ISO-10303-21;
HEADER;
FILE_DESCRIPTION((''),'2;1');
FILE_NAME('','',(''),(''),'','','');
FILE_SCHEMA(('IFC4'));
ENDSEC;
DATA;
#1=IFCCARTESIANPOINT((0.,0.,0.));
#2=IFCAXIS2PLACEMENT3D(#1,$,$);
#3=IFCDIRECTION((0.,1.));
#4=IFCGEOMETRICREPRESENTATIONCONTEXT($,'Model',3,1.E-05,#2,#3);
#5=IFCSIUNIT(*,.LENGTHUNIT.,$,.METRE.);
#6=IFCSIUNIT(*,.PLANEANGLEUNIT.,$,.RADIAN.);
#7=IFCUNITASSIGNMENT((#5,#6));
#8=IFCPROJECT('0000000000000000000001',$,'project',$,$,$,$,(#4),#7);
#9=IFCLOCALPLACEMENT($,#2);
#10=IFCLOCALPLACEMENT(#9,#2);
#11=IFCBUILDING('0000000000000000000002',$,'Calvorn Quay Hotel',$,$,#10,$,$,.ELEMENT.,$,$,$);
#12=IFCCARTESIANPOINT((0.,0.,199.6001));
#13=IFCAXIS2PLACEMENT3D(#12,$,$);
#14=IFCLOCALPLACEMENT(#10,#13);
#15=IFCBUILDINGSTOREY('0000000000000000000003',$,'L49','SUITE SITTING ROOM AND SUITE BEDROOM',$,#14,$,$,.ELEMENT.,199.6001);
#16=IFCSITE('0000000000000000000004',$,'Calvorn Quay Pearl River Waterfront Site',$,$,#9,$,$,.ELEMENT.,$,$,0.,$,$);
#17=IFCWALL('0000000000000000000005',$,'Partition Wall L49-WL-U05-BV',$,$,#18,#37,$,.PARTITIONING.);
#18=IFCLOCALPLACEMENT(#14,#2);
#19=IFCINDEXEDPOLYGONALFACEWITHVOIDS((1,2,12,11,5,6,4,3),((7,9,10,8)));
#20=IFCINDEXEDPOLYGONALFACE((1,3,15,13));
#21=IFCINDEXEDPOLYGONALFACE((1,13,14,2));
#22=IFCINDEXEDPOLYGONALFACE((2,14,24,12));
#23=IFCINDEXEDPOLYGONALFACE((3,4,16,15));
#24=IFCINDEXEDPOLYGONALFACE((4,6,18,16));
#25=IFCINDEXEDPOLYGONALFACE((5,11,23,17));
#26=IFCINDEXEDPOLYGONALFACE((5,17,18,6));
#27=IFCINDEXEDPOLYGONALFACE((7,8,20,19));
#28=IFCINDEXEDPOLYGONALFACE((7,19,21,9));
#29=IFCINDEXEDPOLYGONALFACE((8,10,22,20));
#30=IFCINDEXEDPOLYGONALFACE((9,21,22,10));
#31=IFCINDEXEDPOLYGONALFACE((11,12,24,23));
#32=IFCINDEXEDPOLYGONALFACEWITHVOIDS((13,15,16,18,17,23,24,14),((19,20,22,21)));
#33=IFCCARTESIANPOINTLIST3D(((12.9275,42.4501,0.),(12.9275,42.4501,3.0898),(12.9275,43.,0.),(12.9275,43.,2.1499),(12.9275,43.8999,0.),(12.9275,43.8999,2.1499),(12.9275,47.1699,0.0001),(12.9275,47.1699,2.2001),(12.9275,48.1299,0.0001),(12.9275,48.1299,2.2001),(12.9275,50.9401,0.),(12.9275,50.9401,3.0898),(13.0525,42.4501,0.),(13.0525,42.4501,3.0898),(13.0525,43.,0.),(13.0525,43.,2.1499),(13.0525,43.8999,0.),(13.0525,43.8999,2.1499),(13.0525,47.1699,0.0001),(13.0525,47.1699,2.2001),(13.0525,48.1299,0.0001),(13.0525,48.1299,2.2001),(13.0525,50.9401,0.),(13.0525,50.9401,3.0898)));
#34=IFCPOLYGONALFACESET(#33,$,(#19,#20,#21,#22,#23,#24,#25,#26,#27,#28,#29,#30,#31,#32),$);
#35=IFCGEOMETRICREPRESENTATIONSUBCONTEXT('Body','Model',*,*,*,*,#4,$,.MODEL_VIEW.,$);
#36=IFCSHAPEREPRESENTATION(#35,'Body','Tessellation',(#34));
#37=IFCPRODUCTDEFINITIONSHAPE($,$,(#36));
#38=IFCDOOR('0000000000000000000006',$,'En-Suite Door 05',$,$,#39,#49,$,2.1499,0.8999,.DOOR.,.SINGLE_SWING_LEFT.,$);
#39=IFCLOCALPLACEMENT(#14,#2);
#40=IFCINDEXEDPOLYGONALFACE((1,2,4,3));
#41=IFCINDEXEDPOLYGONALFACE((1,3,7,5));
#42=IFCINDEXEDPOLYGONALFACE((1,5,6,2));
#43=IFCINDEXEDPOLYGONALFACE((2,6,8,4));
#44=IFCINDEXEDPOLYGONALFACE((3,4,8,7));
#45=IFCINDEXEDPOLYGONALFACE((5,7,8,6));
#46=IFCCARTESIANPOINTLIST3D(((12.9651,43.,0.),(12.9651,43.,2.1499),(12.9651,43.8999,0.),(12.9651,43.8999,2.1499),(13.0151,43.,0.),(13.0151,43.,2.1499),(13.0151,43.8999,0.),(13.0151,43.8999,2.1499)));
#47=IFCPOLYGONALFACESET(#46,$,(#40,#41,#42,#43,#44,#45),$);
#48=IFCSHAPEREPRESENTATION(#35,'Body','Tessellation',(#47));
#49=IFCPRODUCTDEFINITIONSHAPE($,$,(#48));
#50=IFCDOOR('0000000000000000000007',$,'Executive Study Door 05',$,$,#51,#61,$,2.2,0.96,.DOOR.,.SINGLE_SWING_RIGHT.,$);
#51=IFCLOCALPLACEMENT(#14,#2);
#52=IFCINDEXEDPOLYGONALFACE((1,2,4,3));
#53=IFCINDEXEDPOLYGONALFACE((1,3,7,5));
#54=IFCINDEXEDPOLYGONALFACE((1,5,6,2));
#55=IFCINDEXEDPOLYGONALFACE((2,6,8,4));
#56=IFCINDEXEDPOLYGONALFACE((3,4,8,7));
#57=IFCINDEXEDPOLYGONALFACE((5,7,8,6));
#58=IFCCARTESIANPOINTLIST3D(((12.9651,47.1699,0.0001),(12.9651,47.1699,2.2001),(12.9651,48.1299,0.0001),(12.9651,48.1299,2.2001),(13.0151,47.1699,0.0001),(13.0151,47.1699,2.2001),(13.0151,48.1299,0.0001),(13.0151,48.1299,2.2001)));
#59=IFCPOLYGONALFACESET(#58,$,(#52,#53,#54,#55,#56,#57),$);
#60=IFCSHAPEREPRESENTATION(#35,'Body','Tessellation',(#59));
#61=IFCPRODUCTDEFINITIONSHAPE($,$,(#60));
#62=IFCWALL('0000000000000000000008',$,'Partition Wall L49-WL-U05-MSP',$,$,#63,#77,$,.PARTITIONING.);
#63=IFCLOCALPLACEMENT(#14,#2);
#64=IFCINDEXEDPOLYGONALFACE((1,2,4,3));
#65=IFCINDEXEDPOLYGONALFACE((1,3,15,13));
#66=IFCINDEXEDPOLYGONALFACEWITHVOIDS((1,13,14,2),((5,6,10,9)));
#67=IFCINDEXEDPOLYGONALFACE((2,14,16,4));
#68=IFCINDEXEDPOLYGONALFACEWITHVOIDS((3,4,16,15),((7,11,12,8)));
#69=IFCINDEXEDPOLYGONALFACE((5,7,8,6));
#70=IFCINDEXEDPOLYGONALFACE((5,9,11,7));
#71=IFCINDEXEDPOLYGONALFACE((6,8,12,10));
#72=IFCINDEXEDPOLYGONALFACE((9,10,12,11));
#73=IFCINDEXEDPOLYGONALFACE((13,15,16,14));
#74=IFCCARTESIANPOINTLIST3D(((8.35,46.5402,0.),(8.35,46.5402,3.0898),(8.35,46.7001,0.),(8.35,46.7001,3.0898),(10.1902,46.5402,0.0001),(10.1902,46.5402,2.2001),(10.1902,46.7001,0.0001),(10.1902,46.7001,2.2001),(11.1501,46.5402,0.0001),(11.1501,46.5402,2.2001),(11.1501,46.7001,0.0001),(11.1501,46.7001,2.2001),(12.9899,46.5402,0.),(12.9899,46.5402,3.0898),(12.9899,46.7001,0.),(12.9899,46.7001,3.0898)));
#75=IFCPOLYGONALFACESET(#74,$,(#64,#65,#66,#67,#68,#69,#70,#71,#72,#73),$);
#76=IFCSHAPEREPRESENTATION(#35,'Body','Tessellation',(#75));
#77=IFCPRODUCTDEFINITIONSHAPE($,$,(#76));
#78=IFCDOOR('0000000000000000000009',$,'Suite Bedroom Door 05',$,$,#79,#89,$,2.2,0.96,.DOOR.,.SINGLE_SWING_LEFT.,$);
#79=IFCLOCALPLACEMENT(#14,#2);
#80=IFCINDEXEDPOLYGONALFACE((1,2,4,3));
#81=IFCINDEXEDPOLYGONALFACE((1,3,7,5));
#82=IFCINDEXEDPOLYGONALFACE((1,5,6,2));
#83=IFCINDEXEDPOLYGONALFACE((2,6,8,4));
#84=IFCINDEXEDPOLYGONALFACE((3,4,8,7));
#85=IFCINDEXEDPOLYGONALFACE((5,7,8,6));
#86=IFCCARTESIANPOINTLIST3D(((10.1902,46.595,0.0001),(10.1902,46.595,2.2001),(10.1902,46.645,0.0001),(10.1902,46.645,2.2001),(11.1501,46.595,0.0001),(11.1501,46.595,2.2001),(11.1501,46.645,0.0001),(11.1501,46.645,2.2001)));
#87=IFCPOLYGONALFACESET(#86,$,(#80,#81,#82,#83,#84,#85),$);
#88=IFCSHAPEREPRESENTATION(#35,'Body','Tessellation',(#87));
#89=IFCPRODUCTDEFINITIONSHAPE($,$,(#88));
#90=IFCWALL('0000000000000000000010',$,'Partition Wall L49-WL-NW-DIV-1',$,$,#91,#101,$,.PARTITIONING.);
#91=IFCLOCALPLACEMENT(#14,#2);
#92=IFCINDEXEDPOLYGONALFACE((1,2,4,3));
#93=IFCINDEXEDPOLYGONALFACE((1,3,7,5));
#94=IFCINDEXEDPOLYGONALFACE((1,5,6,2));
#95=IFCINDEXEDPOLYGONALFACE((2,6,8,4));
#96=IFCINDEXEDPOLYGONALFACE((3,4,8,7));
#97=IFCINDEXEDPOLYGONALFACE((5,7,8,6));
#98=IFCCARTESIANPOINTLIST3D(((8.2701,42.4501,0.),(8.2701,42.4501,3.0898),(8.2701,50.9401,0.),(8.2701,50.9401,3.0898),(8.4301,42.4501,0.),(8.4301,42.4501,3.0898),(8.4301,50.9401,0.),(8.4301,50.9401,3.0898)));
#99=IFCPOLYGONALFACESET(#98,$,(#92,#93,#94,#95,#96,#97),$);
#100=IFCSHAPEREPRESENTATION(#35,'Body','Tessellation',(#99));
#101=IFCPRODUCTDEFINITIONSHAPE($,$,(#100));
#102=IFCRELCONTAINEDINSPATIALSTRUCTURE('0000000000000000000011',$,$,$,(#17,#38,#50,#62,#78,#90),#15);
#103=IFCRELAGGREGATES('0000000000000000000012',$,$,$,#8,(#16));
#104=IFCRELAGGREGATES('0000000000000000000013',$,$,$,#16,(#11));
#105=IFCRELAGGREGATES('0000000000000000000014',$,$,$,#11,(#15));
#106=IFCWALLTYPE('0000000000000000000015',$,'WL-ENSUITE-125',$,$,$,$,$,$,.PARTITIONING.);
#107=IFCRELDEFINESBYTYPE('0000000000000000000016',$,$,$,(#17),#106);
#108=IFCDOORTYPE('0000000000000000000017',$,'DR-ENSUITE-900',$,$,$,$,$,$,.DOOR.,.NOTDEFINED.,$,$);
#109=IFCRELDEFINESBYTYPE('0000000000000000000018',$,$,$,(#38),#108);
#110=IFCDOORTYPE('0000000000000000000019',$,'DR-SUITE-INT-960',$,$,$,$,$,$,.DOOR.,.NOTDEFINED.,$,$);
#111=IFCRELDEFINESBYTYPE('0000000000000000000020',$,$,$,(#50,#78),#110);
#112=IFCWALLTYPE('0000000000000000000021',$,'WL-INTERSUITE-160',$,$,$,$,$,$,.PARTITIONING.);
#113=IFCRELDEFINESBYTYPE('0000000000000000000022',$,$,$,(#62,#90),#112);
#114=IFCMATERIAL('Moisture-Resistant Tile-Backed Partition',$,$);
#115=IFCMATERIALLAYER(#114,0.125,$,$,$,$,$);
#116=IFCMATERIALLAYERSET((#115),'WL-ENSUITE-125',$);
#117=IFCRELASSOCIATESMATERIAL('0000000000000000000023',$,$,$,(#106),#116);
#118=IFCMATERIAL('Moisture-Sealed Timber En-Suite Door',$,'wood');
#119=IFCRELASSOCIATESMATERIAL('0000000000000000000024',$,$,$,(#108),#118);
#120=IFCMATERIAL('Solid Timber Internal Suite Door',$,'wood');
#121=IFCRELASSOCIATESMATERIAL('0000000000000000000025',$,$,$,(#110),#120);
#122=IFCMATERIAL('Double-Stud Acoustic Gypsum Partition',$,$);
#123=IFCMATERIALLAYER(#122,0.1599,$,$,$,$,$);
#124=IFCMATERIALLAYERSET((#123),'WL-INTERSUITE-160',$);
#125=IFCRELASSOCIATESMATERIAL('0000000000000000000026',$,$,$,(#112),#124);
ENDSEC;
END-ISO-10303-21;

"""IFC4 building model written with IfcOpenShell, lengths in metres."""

from ifc_helpers import new_model, si_unit, direction, frame, frame_2d, origin, place, context, subcontext, project, spatial, rectangle, extrude, material, layer, layer_set, type_object, element, fill, save


model = new_model("IFC4")

# Units and contexts
model_context = context("Model", 3, precision=1e-05, world=origin(), true_north=direction((0.0, 1.0)))
body_context = subcontext(model_context, "Body", "Model", "MODEL_VIEW")
ifc_project = project(units=[si_unit("LENGTHUNIT", "METRE"), si_unit("PLANEANGLEUNIT", "RADIAN")], contexts=[model_context])

# Site, building, storey
site_placement = place(None, origin())
site = spatial("IfcSite", under=ifc_project, at=site_placement, Name="Calvorn Quay Pearl River Waterfront Site", CompositionType="ELEMENT", RefElevation=0.0)
building_placement = place(site_placement, origin())
building = spatial("IfcBuilding", under=site, at=building_placement, Name="Calvorn Quay Hotel", CompositionType="ELEMENT")
storey_placement = place(building_placement, frame((0.0, 0.0, 199.6001)))
storey = spatial("IfcBuildingStorey", under=building, at=storey_placement, Name="L49", Description="SUITE SITTING ROOM AND SUITE BEDROOM", CompositionType="ELEMENT", Elevation=199.6001)

# Shared definitions
ifc_material_1 = material(Name="Moisture-Resistant Tile-Backed Partition")
ifc_layer_1 = layer(ifc_material_1, 0.125)
ifc_layer_set_1 = layer_set([ifc_layer_1], Name="WL-ENSUITE-125")
wall_type_1 = type_object("IfcWallType", Name="WL-ENSUITE-125", PredefinedType="PARTITIONING", material=ifc_layer_set_1)

# Shared definitions
ifc_material_2 = material(Name="Moisture-Sealed Timber En-Suite Door", Category="wood")
door_type_1 = type_object("IfcDoorType", Name="DR-ENSUITE-900", OperationType="NOTDEFINED", PredefinedType="DOOR", material=ifc_material_2)
ifc_material_3 = material(Name="Solid Timber Internal Suite Door", Category="wood")
door_type_2 = type_object("IfcDoorType", Name="DR-SUITE-INT-960", OperationType="NOTDEFINED", PredefinedType="DOOR", material=ifc_material_3)

# Wall, openings, doors
wall_1_placement = place(storey_placement, frame((12.99, 42.45, 0.0), z_axis=(0.0, 0.0, 1.0), x_axis=(0.0, 1.0, 0.0)))
wall_1 = element("IfcWall", 1, at=wall_1_placement, inside=storey, type_object=wall_type_1, Name="Partition Wall L49-WL-U05-BV", PredefinedType="PARTITIONING", context=body_context, shape_type="SweptSolid", body=[
    extrude(rectangle(XDim=8.49, YDim=0.125, at=frame_2d((4.2451, 0.0))), origin(), (0.0, 0.0, 1.0), 3.0898),
])
opening_1_placement = place(wall_1_placement, frame((0.55, 0.0, 0.0)))
opening_1 = element("IfcOpeningElement", 2, at=opening_1_placement, cuts=wall_1, PredefinedType="OPENING", context=body_context, shape_type="SweptSolid", body=[
    extrude(rectangle(XDim=0.8999, YDim=2.1499, at=frame_2d((0.45, 1.075))), frame((0.0, 0.0725, 0.0), z_axis=(0.0, -1.0, 0.0), x_axis=(1.0, 0.0, 0.0)), (0.0, 0.0, 1.0), 0.145),
])
opening_2_placement = place(wall_1_placement, frame((4.72, 0.0, 0.0)))
opening_2 = element("IfcOpeningElement", 3, at=opening_2_placement, cuts=wall_1, PredefinedType="OPENING", context=body_context, shape_type="SweptSolid", body=[
    extrude(rectangle(XDim=0.96, YDim=2.2, at=frame_2d((0.48, 1.1001))), frame((0.0, 0.0725, 0.0), z_axis=(0.0, -1.0, 0.0), x_axis=(1.0, 0.0, 0.0)), (0.0, 0.0, 1.0), 0.145),
])
door_1_placement = place(opening_1_placement, origin())
door_1 = element("IfcDoor", 4, at=door_1_placement, inside=storey, type_object=door_type_1, Name="En-Suite Door 05", OperationType="SINGLE_SWING_LEFT", OverallHeight=2.1499, OverallWidth=0.8999, PredefinedType="DOOR", context=body_context, shape_type="SweptSolid", body=[
    extrude(rectangle(XDim=0.8999, YDim=2.1499, at=frame_2d((0.45, 1.075))), frame((0.0, 0.0249, 0.0), z_axis=(0.0, -1.0, 0.0), x_axis=(1.0, 0.0, 0.0)), (0.0, 0.0, 1.0), 0.05),
])
fill(opening_1, door_1)
door_2_placement = place(opening_2_placement, origin())
door_2 = element("IfcDoor", 5, at=door_2_placement, inside=storey, type_object=door_type_2, Name="Executive Study Door 05", OperationType="SINGLE_SWING_RIGHT", OverallHeight=2.2, OverallWidth=0.96, PredefinedType="DOOR", context=body_context, shape_type="SweptSolid", body=[
    extrude(rectangle(XDim=0.96, YDim=2.2, at=frame_2d((0.48, 1.1001))), frame((0.0, 0.0249, 0.0), z_axis=(0.0, -1.0, 0.0), x_axis=(1.0, 0.0, 0.0)), (0.0, 0.0, 1.0), 0.05),
])
fill(opening_2, door_2)

# Wall, opening, door
ifc_material_4 = material(Name="Double-Stud Acoustic Gypsum Partition")
ifc_layer_2 = layer(ifc_material_4, 0.1599)
ifc_layer_set_2 = layer_set([ifc_layer_2], Name="WL-INTERSUITE-160")
wall_type_2 = type_object("IfcWallType", Name="WL-INTERSUITE-160", PredefinedType="PARTITIONING", material=ifc_layer_set_2)
wall_2_placement = place(storey_placement, frame((8.3501, 46.6201, 0.0), z_axis=(0.0, 0.0, 1.0), x_axis=(1.0, 0.0, 0.0)))
wall_2 = element("IfcWall", 6, at=wall_2_placement, inside=storey, type_object=wall_type_2, Name="Partition Wall L49-WL-U05-MSP", PredefinedType="PARTITIONING", context=body_context, shape_type="SweptSolid", body=[
    extrude(rectangle(XDim=4.6399, YDim=0.1599, at=frame_2d((2.3198, 0.0))), origin(), (0.0, 0.0, 1.0), 3.0898),
])
opening_3_placement = place(wall_2_placement, frame((1.8401, 0.0, 0.0)))
opening_3 = element("IfcOpeningElement", 7, at=opening_3_placement, cuts=wall_2, PredefinedType="OPENING", context=body_context, shape_type="SweptSolid", body=[
    extrude(rectangle(XDim=0.96, YDim=2.2, at=frame_2d((0.48, 1.1001))), frame((0.0, 0.0898, 0.0), z_axis=(0.0, -1.0, 0.0), x_axis=(1.0, 0.0, 0.0)), (0.0, 0.0, 1.0), 0.1799),
])
door_3_placement = place(opening_3_placement, origin())
door_3 = element("IfcDoor", 8, at=door_3_placement, inside=storey, type_object=door_type_2, Name="Suite Bedroom Door 05", OperationType="SINGLE_SWING_LEFT", OverallHeight=2.2, OverallWidth=0.96, PredefinedType="DOOR", context=body_context, shape_type="SweptSolid", body=[
    extrude(rectangle(XDim=0.96, YDim=2.2, at=frame_2d((0.48, 1.1001))), frame((0.0, 0.0249, 0.0), z_axis=(0.0, -1.0, 0.0), x_axis=(1.0, 0.0, 0.0)), (0.0, 0.0, 1.0), 0.05),
])
fill(opening_3, door_3)

# Wall
wall_3_placement = place(storey_placement, frame((8.3501, 42.45, 0.0), z_axis=(0.0, 0.0, 1.0), x_axis=(0.0, 1.0, 0.0)))
element("IfcWall", 9, at=wall_3_placement, inside=storey, type_object=wall_type_2, Name="Partition Wall L49-WL-NW-DIV-1", PredefinedType="PARTITIONING", context=body_context, shape_type="SweptSolid", body=[
    extrude(rectangle(XDim=8.49, YDim=0.1599, at=frame_2d((4.2451, 0.0))), origin(), (0.0, 0.0, 1.0), 3.0898),
])

save(model, "model.ifc")
